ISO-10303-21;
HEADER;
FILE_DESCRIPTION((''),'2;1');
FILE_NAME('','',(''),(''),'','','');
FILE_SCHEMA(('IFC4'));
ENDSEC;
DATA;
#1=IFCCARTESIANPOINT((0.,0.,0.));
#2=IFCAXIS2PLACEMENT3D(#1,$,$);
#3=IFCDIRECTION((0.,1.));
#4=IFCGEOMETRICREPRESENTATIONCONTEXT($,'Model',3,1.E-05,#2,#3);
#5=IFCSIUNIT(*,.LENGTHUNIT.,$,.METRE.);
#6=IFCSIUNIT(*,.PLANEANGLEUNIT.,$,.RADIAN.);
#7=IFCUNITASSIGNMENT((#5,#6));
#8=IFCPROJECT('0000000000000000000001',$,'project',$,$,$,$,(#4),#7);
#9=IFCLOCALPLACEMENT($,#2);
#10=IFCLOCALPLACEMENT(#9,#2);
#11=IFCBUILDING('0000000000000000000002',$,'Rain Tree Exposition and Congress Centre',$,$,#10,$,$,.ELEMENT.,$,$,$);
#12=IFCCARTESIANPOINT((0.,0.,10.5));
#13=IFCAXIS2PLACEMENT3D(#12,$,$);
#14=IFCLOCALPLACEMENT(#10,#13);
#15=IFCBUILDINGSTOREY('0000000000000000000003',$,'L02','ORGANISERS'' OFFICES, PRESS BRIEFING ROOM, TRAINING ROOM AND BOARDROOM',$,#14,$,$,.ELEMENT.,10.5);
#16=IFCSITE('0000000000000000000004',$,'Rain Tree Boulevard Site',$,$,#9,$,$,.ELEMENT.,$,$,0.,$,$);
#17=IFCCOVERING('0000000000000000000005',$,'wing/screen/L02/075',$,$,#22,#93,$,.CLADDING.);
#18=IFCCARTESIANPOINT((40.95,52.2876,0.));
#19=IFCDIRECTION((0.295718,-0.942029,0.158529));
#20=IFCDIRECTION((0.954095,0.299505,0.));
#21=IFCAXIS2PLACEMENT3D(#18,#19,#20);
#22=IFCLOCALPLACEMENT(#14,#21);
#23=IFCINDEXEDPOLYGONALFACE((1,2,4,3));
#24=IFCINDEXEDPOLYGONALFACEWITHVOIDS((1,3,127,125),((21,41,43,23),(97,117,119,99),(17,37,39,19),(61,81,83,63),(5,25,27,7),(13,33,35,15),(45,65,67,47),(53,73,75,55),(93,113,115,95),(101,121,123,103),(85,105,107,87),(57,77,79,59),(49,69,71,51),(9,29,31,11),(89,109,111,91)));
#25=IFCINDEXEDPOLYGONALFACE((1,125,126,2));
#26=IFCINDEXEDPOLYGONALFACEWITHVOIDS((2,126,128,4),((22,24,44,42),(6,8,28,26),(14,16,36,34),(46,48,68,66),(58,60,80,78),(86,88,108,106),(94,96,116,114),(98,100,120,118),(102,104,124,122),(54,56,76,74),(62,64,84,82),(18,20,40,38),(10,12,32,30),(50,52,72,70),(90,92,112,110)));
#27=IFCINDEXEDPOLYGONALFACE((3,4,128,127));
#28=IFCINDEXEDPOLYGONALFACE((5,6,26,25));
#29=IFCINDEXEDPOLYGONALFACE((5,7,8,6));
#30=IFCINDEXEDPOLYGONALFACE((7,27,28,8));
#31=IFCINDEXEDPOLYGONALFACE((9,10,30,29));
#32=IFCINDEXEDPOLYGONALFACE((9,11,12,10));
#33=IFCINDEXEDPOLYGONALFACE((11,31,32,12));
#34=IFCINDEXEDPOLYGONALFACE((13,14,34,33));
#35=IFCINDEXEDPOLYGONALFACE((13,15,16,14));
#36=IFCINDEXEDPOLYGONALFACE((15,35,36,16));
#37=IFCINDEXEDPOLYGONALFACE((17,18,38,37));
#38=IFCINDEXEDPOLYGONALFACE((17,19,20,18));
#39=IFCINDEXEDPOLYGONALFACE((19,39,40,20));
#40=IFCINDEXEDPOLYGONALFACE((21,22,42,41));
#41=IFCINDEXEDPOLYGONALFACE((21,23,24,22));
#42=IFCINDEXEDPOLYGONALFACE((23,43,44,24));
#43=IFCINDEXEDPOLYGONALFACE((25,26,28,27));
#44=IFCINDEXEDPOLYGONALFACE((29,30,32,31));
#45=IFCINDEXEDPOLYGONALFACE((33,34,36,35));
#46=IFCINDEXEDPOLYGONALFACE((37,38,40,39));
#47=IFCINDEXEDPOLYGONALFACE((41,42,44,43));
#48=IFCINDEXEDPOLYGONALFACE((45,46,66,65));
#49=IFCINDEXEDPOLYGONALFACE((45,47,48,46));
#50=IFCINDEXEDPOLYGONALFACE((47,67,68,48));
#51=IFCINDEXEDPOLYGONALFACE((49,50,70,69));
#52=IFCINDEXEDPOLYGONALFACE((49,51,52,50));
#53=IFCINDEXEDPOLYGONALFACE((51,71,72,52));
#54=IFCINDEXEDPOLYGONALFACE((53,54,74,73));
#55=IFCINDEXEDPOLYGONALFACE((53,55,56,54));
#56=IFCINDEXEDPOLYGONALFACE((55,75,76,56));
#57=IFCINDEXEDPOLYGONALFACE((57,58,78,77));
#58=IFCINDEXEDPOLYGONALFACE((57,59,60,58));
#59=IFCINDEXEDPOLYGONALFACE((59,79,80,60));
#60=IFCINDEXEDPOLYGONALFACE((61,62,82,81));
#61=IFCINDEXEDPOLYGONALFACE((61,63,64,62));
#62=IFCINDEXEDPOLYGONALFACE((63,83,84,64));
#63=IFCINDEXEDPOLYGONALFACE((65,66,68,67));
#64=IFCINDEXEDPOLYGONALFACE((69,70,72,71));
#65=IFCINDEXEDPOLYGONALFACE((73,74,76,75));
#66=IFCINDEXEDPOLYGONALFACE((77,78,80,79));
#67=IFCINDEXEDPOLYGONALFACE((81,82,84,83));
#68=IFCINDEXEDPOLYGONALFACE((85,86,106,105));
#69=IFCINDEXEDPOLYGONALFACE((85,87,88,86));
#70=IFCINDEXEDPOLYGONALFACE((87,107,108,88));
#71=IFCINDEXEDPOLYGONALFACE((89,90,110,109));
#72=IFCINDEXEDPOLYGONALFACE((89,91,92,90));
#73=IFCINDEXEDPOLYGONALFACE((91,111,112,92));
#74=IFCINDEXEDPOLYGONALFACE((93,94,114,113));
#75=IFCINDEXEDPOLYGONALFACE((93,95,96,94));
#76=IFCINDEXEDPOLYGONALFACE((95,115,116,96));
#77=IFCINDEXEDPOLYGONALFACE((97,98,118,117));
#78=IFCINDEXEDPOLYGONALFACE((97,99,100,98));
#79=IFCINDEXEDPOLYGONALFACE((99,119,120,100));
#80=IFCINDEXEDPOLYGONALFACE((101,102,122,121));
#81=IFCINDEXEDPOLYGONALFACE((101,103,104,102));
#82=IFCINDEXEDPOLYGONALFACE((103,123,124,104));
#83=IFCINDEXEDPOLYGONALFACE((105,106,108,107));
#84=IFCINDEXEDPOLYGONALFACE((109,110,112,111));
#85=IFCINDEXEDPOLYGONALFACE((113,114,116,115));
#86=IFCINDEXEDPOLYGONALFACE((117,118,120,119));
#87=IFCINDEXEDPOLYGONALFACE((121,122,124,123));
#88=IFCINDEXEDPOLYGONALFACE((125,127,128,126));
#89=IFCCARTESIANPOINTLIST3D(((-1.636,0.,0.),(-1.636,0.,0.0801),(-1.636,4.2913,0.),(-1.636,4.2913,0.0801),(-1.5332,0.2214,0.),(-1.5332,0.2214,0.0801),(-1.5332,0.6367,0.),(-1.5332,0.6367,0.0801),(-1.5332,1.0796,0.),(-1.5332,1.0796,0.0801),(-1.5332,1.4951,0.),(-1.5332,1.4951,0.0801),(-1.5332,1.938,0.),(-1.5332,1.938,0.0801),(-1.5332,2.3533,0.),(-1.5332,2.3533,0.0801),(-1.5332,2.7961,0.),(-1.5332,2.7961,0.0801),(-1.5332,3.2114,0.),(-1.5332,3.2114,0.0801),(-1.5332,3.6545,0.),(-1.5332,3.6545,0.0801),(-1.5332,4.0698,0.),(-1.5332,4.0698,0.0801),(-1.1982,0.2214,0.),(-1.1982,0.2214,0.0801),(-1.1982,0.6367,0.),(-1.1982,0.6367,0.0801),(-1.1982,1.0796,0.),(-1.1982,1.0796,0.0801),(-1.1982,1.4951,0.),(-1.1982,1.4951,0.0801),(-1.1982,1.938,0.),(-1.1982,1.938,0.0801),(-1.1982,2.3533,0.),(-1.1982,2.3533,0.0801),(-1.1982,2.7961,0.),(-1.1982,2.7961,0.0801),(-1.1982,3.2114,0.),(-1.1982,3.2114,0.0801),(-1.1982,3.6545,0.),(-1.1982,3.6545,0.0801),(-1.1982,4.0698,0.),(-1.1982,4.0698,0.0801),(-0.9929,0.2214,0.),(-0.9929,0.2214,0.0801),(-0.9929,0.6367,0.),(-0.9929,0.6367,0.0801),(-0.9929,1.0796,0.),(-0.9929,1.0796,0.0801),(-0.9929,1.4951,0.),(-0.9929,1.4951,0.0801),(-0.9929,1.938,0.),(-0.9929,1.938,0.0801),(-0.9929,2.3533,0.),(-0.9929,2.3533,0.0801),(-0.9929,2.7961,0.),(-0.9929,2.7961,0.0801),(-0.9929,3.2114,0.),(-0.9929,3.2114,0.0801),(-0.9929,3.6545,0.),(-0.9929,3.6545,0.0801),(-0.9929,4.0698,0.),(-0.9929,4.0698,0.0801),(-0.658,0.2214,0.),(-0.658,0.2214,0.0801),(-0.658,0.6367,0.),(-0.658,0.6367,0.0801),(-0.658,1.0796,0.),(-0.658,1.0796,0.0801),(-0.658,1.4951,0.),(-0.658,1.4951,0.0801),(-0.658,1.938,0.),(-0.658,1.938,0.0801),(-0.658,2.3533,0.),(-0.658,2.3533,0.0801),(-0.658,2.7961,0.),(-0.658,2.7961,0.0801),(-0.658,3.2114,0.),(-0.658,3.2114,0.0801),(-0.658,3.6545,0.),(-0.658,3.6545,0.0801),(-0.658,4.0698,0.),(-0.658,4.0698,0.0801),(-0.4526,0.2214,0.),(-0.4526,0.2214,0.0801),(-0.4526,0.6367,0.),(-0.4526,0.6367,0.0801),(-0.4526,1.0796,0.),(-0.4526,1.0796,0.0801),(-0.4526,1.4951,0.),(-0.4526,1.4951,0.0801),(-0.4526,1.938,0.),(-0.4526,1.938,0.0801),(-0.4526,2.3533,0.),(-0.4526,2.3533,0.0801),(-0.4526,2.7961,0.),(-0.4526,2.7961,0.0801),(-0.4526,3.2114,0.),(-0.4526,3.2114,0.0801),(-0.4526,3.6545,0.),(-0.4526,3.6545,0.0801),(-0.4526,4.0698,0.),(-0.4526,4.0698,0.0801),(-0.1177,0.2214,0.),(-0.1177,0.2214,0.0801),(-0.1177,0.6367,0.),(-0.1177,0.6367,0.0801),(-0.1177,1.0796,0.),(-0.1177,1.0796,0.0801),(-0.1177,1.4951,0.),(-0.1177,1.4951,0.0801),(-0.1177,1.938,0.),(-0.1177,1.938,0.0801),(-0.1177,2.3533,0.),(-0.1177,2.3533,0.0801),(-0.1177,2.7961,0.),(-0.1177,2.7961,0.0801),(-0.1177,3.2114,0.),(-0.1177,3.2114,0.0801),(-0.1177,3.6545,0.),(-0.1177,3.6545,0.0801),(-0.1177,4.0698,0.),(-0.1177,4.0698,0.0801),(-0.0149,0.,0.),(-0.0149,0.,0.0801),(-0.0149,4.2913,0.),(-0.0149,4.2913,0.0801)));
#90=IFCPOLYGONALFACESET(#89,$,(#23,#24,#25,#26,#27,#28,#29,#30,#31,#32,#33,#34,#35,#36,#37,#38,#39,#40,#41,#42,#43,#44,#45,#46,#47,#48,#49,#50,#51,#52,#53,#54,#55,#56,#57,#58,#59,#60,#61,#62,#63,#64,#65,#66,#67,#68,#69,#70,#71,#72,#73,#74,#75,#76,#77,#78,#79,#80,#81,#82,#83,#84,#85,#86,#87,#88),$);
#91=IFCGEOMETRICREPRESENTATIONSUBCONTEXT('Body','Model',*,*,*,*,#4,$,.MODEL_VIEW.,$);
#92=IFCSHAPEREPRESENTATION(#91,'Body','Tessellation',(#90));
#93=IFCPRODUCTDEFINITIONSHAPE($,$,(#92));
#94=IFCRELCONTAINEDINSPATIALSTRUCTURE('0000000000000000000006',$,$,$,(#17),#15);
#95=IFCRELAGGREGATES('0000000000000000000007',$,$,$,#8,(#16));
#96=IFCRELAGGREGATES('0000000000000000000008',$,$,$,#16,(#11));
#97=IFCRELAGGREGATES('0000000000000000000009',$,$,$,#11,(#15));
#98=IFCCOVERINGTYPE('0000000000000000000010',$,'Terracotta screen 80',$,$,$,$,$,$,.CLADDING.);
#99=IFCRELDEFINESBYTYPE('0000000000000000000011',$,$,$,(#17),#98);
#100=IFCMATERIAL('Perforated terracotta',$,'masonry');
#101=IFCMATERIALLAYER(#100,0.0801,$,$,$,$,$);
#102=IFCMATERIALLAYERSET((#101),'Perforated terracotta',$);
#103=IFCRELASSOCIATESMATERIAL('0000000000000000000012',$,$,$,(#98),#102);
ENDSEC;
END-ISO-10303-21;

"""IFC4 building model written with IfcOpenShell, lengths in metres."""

from ifc_helpers import new_model, si_unit, direction, frame, origin, place, context, subcontext, project, spatial, polyline, outline, extrude, material, layer, layer_set, type_object, element, save


model = new_model("IFC4")

# Units and contexts
model_context = context("Model", 3, precision=1e-05, world=origin(), true_north=direction((0.0, 1.0)))
body_context = subcontext(model_context, "Body", "Model", "MODEL_VIEW")
ifc_project = project(units=[si_unit("LENGTHUNIT", "METRE"), si_unit("PLANEANGLEUNIT", "RADIAN")], contexts=[model_context])

# Site, building, storey
site_placement = place(None, origin())
site = spatial("IfcSite", under=ifc_project, at=site_placement, Name="Rain Tree Boulevard Site", CompositionType="ELEMENT", RefElevation=0.0)
building_placement = place(site_placement, origin())
building = spatial("IfcBuilding", under=site, at=building_placement, Name="Rain Tree Exposition and Congress Centre", CompositionType="ELEMENT")
storey_placement = place(building_placement, frame((0.0, 0.0, 10.5)))
storey = spatial("IfcBuildingStorey", under=building, at=storey_placement, Name="L02", Description="ORGANISERS' OFFICES, PRESS BRIEFING ROOM, TRAINING ROOM AND BOARDROOM", CompositionType="ELEMENT", Elevation=10.5)

# Covering
ifc_material_1 = material(Name="Perforated terracotta", Category="masonry")
ifc_layer_1 = layer(ifc_material_1, 0.0801)
ifc_layer_set_1 = layer_set([ifc_layer_1], Name="Perforated terracotta")
covering_type = type_object("IfcCoveringType", Name="Terracotta screen 80", PredefinedType="CLADDING", material=ifc_layer_set_1)
covering_1_placement = place(storey_placement, frame((40.95, 52.2876, 0.0), z_axis=(0.295718, -0.942029, 0.158529), x_axis=(0.954095, 0.299505, 0.0)))
element("IfcCovering", 1, at=covering_1_placement, inside=storey, type_object=covering_type, Name="wing/screen/L02/075", PredefinedType="CLADDING", context=body_context, shape_type="SweptSolid", body=[
    extrude(outline(polyline([(-1.636, 0.0), (-1.636, 4.2913), (-0.0149, 4.2913), (-0.0149, 0.0), (-1.636, 0.0)]), holes=[polyline([(-0.1177, 0.2214), (-0.1177, 0.6367), (-0.4526, 0.6367), (-0.4526, 0.2214), (-0.1177, 0.2214)]), polyline([(-0.1177, 1.0796), (-0.1177, 1.4951), (-0.4526, 1.4951), (-0.4526, 1.0796), (-0.1177, 1.0796)]), polyline([(-0.1177, 1.938), (-0.1177, 2.3533), (-0.4526, 2.3533), (-0.4526, 1.938), (-0.1177, 1.938)]), polyline([(-0.1177, 2.7961), (-0.1177, 3.2114), (-0.4526, 3.2114), (-0.4526, 2.7961), (-0.1177, 2.7961)]), polyline([(-0.1177, 3.6545), (-0.1177, 4.0698), (-0.4526, 4.0698), (-0.4526, 3.6545), (-0.1177, 3.6545)]), polyline([(-0.658, 0.2214), (-0.658, 0.6367), (-0.9929, 0.6367), (-0.9929, 0.2214), (-0.658, 0.2214)]), polyline([(-0.658, 1.0796), (-0.658, 1.4951), (-0.9929, 1.4951), (-0.9929, 1.0796), (-0.658, 1.0796)]), polyline([(-0.658, 1.938), (-0.658, 2.3533), (-0.9929, 2.3533), (-0.9929, 1.938), (-0.658, 1.938)]), polyline([(-0.658, 2.7961), (-0.658, 3.2114), (-0.9929, 3.2114), (-0.9929, 2.7961), (-0.658, 2.7961)]), polyline([(-0.658, 3.6545), (-0.658, 4.0698), (-0.9929, 4.0698), (-0.9929, 3.6545), (-0.658, 3.6545)]), polyline([(-1.1982, 0.2214), (-1.1982, 0.6367), (-1.5332, 0.6367), (-1.5332, 0.2214), (-1.1982, 0.2214)]), polyline([(-1.1982, 1.0796), (-1.1982, 1.4951), (-1.5332, 1.4951), (-1.5332, 1.0796), (-1.1982, 1.0796)]), polyline([(-1.1982, 1.938), (-1.1982, 2.3533), (-1.5332, 2.3533), (-1.5332, 1.938), (-1.1982, 1.938)]), polyline([(-1.1982, 2.7961), (-1.1982, 3.2114), (-1.5332, 3.2114), (-1.5332, 2.7961), (-1.1982, 2.7961)]), polyline([(-1.1982, 3.6545), (-1.1982, 4.0698), (-1.5332, 4.0698), (-1.5332, 3.6545), (-1.1982, 3.6545)])]), origin(), (0.0, 0.0, 1.0), 0.0801),
])

save(model, "model.ifc")
